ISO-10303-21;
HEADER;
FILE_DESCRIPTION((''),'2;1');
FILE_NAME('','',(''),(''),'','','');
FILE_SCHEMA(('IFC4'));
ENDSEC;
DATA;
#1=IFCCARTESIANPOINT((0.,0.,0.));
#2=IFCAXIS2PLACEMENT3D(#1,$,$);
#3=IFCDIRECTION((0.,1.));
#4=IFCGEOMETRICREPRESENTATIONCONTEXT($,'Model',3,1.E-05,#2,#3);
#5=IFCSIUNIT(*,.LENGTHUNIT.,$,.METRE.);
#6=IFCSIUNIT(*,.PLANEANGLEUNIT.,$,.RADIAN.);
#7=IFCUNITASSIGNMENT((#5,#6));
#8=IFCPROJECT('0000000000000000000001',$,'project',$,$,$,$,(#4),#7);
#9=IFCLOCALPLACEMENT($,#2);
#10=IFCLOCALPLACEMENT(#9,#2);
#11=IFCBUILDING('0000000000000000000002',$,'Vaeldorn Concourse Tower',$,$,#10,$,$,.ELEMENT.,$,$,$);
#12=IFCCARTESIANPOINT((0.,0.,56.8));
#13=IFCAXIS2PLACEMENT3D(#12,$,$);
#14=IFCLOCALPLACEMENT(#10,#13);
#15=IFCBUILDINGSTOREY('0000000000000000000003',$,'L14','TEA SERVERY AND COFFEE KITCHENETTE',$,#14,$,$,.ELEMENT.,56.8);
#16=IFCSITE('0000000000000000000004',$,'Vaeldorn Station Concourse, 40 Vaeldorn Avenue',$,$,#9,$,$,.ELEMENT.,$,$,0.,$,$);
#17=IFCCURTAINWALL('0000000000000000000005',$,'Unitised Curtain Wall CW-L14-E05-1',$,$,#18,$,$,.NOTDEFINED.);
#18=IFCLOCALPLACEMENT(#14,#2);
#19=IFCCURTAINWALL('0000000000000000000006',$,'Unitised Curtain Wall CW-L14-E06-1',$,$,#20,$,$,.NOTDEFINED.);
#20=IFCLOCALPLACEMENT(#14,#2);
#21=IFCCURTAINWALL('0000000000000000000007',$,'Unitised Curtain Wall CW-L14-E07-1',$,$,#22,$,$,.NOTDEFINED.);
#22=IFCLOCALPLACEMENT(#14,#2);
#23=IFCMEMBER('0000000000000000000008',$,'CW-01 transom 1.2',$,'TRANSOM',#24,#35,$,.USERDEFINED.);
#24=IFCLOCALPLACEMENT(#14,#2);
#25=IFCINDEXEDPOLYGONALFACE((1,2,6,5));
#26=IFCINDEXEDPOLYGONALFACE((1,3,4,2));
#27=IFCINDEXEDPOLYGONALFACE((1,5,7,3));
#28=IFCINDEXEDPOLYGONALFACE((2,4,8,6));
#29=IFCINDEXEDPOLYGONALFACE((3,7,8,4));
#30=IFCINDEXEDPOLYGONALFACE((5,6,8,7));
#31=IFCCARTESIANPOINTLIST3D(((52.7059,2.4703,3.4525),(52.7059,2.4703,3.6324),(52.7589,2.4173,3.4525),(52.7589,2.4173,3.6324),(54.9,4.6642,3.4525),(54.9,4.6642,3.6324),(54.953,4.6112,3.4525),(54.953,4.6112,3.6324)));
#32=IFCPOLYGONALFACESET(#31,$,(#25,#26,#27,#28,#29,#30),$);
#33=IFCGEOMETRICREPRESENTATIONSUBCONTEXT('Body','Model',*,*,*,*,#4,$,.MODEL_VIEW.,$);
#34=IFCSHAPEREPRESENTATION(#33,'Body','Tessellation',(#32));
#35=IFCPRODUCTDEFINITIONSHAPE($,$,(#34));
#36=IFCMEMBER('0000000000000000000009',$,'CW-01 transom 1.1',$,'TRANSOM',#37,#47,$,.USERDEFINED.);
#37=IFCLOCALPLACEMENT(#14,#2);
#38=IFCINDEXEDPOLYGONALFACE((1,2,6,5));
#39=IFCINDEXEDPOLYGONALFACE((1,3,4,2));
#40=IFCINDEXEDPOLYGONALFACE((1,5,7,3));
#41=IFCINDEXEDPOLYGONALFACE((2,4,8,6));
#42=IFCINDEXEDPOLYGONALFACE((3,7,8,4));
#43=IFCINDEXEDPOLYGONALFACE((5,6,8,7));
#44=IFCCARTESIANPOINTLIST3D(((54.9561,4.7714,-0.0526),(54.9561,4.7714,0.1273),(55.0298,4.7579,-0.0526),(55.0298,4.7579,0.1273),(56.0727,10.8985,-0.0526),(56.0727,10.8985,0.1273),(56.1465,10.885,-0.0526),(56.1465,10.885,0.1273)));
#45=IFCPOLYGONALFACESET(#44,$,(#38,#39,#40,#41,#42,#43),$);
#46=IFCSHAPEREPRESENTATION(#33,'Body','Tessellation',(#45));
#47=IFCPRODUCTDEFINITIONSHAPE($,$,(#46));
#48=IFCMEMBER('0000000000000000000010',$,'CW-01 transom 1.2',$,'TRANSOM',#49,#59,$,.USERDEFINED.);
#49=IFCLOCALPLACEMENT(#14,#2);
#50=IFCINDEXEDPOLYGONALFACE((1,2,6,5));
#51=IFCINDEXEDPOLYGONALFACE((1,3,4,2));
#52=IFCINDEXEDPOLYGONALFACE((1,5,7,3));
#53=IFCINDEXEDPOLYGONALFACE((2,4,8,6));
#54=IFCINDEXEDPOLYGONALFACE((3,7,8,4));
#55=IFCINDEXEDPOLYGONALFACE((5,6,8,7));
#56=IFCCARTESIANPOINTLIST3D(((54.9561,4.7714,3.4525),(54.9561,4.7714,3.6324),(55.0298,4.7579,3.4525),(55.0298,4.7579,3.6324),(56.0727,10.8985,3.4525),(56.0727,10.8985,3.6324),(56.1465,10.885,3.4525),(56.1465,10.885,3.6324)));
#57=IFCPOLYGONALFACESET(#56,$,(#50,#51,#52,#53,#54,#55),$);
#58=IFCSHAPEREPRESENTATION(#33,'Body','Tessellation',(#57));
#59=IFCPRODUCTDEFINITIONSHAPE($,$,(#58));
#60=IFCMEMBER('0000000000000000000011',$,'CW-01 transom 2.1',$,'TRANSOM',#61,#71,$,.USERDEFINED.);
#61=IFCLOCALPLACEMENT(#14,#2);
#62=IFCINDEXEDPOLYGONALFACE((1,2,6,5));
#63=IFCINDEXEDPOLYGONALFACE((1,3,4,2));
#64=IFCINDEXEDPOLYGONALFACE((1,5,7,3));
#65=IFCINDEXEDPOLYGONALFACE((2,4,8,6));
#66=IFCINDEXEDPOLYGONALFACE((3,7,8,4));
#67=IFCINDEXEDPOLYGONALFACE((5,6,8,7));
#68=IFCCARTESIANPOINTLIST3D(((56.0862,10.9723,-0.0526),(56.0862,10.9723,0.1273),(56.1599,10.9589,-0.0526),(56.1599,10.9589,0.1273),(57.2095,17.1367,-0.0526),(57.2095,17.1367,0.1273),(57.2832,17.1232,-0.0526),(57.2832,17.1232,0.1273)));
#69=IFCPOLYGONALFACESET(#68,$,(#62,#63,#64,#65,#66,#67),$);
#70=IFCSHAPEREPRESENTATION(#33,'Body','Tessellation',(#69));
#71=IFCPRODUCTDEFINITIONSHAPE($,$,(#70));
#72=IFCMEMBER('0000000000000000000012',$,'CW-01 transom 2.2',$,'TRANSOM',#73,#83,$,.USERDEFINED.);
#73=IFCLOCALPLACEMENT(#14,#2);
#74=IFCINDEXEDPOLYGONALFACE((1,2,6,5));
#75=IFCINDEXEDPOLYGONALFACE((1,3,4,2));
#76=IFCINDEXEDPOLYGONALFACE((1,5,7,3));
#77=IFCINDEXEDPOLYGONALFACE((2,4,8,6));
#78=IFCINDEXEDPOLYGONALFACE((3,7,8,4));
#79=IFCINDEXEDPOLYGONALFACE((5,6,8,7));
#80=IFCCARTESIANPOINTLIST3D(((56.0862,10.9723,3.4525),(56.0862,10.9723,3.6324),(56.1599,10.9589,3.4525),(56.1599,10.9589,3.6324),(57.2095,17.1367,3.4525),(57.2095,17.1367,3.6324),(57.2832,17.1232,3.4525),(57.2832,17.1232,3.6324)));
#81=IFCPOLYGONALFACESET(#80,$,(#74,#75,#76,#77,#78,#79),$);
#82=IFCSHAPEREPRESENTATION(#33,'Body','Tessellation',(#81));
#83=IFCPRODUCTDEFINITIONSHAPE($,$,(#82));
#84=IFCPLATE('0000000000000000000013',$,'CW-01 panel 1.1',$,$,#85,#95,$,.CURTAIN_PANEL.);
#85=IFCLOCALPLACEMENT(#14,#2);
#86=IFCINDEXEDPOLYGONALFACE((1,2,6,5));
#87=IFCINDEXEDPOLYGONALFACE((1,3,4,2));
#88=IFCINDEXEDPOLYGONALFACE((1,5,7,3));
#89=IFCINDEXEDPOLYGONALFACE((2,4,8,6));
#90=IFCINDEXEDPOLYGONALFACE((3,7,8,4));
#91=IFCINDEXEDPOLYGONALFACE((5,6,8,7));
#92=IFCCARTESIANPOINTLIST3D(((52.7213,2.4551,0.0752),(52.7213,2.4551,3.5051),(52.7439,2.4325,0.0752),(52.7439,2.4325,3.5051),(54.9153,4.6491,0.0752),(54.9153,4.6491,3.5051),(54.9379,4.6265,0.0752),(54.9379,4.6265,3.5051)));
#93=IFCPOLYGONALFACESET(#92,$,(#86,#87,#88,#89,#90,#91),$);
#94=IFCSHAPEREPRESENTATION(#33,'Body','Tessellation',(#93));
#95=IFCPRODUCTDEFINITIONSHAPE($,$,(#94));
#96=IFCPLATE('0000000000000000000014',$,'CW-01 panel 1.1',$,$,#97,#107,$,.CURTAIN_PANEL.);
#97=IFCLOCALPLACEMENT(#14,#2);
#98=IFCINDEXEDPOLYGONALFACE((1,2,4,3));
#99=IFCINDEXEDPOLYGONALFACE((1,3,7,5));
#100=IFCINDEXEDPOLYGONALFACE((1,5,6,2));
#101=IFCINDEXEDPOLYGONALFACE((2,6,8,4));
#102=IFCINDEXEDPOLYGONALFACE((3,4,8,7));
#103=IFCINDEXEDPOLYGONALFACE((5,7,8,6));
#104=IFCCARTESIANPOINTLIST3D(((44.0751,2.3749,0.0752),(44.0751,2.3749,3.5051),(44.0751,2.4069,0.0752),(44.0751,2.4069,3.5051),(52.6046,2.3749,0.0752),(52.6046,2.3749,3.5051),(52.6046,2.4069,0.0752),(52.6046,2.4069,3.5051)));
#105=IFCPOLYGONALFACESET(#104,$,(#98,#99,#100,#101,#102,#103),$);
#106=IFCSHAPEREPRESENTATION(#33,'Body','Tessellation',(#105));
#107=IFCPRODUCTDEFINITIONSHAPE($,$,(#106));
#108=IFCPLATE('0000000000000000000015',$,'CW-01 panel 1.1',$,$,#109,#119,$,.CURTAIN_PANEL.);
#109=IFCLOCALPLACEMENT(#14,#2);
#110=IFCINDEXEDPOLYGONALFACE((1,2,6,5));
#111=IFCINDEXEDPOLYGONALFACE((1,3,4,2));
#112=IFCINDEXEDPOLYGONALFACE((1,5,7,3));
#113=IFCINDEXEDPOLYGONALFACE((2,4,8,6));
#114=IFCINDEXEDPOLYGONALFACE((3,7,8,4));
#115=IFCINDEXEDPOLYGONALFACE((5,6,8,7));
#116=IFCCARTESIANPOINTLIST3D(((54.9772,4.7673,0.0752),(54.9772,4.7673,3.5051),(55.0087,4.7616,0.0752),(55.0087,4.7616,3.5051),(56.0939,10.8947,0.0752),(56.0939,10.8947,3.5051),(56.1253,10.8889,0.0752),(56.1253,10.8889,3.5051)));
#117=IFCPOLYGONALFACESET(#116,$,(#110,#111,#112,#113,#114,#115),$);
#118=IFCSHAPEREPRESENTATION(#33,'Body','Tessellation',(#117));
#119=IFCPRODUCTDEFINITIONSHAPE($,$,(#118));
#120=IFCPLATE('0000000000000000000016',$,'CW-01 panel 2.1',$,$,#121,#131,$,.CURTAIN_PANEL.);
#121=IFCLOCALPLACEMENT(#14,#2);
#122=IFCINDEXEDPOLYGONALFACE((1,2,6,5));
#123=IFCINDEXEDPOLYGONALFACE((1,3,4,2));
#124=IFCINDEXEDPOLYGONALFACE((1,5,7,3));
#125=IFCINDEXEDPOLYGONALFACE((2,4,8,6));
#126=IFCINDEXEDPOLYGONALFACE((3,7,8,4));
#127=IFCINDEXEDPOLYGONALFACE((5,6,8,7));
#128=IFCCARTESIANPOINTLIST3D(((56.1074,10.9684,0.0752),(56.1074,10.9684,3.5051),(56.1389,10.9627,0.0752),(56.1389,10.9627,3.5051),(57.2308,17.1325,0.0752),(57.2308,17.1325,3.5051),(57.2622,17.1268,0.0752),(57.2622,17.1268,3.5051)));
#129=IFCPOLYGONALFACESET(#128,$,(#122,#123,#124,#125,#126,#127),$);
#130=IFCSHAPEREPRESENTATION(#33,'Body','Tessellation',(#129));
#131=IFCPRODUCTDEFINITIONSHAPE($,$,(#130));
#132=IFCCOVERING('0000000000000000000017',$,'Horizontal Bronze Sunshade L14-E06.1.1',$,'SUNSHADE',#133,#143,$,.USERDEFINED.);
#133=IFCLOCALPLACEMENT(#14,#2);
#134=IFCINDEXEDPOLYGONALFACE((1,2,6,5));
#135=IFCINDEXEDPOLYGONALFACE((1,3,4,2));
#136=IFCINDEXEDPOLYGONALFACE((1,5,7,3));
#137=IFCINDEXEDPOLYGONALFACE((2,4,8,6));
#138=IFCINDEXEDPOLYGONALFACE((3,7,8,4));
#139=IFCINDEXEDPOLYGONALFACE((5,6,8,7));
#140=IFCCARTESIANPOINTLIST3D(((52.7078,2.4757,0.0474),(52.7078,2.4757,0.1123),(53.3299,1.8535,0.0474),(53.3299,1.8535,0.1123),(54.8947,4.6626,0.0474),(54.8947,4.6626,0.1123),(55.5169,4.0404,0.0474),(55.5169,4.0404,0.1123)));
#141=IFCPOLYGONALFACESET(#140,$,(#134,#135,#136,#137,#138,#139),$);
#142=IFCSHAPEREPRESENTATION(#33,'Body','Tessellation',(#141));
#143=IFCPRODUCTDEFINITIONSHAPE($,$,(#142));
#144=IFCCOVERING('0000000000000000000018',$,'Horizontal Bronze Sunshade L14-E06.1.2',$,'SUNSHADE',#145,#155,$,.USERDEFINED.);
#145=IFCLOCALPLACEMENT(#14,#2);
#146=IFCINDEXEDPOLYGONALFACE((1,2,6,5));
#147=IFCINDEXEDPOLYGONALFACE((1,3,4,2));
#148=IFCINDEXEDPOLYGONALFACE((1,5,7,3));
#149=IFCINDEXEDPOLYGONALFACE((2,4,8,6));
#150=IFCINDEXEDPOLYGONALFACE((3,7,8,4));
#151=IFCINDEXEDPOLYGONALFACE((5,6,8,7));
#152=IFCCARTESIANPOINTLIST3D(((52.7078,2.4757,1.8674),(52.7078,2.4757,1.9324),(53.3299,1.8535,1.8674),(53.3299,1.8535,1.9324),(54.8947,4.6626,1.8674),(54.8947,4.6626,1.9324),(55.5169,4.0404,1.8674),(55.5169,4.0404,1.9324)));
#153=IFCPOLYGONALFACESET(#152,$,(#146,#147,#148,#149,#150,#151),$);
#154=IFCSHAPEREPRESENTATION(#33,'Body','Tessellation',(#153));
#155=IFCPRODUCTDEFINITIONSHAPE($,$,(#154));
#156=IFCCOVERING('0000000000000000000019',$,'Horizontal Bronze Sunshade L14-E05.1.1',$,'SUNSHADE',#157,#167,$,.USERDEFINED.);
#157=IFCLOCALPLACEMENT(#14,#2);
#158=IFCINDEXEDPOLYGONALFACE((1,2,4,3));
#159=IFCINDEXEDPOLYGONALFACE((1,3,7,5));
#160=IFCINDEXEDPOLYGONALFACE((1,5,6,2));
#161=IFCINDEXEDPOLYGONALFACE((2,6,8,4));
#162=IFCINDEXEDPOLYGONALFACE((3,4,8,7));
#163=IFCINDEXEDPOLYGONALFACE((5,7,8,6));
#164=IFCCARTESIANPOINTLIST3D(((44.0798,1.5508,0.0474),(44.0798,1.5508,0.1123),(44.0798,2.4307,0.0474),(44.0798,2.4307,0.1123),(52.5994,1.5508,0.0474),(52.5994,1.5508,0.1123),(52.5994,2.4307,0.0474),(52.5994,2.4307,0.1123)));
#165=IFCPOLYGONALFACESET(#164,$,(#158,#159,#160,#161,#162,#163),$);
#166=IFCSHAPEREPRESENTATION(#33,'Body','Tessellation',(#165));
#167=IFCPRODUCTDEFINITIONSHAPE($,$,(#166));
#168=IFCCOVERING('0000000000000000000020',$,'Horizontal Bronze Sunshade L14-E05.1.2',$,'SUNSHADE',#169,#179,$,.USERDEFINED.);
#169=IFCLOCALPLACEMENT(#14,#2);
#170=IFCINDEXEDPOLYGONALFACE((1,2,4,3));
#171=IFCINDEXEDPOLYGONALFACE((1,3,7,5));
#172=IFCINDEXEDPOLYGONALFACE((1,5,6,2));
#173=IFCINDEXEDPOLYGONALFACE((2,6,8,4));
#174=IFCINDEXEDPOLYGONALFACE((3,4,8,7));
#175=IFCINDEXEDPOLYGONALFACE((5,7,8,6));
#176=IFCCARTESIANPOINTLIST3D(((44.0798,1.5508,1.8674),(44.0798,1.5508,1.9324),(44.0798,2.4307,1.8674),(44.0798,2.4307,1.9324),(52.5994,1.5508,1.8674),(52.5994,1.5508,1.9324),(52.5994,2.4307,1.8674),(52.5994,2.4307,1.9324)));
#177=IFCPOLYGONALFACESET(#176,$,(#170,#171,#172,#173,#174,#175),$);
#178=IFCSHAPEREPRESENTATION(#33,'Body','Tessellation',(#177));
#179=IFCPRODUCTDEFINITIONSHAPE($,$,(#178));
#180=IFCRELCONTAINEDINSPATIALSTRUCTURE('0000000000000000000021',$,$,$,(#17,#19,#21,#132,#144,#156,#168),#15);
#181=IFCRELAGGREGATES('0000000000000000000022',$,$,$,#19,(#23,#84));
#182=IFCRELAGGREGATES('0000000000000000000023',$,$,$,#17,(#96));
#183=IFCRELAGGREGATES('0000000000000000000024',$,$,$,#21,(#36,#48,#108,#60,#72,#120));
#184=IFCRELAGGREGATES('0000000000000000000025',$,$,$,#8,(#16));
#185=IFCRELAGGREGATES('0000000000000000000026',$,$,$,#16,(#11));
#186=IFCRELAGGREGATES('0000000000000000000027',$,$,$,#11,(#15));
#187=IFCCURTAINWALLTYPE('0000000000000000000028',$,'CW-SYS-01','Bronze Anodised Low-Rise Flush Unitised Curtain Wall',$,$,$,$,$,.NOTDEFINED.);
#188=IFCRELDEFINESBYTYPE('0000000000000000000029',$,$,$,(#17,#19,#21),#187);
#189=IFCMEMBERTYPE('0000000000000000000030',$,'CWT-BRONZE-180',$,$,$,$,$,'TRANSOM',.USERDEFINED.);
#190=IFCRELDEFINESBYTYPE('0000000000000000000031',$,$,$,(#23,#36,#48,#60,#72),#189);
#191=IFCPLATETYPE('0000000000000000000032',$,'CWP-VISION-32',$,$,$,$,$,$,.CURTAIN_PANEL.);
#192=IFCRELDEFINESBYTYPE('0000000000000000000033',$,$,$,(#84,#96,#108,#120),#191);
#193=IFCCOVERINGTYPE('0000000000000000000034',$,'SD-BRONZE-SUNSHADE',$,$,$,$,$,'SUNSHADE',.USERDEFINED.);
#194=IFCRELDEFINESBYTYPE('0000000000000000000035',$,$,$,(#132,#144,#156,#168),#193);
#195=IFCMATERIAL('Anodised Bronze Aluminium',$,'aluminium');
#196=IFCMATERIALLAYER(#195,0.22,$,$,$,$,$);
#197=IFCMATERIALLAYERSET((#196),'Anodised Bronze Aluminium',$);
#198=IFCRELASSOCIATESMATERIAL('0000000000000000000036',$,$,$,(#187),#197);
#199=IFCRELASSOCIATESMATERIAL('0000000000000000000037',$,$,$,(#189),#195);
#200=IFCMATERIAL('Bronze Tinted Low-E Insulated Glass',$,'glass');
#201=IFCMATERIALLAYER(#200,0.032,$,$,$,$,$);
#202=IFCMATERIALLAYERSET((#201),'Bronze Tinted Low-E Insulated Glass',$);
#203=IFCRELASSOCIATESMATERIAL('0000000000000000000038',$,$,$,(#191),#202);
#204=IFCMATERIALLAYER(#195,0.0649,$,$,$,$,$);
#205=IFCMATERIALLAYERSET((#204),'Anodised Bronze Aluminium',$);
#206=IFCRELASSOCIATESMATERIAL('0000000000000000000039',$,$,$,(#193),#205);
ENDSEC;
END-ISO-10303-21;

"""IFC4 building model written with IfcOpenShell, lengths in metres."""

from ifc_helpers import new_model, si_unit, direction, frame, origin, origin_2d, place, context, subcontext, project, spatial, rectangle, extrude, source, transform, mapped, material, layer, layer_set, material_profile, profile_set, type_object, element, aggregate, save


model = new_model("IFC4")

# Units and contexts
model_context = context("Model", 3, precision=1e-05, world=origin(), true_north=direction((0.0, 1.0)))
body_context = subcontext(model_context, "Body", "Model", "MODEL_VIEW")
ifc_project = project(units=[si_unit("LENGTHUNIT", "METRE"), si_unit("PLANEANGLEUNIT", "RADIAN")], contexts=[model_context])

# Site, building, storey
site_placement = place(None, origin())
site = spatial("IfcSite", under=ifc_project, at=site_placement, Name="Vaeldorn Station Concourse, 40 Vaeldorn Avenue", CompositionType="ELEMENT", RefElevation=0.0)
building_placement = place(site_placement, origin())
building = spatial("IfcBuilding", under=site, at=building_placement, Name="Vaeldorn Concourse Tower", CompositionType="ELEMENT")
storey_placement = place(building_placement, frame((0.0, 0.0, 56.8)))
storey = spatial("IfcBuildingStorey", under=building, at=storey_placement, Name="L14", Description="TEA SERVERY AND COFFEE KITCHENETTE", CompositionType="ELEMENT", Elevation=56.8)

# Curtain wall
ifc_material_1 = material(Name="Anodised Bronze Aluminium", Category="aluminium")
ifc_layer_1 = layer(ifc_material_1, 0.22)
ifc_layer_set_1 = layer_set([ifc_layer_1], Name="Anodised Bronze Aluminium")
curtain_wall_type = type_object("IfcCurtainWallType", Name="CW-SYS-01", Description="Bronze Anodised Low-Rise Flush Unitised Curtain Wall", PredefinedType="NOTDEFINED", material=ifc_layer_set_1)
curtain_wall_1_placement = place(storey_placement, origin())
curtain_wall_1 = element("IfcCurtainWall", 1, at=curtain_wall_1_placement, inside=storey, type_object=curtain_wall_type, Name="Unitised Curtain Wall CW-L14-E05-1", PredefinedType="NOTDEFINED")

# Curtain walls
curtain_wall_2_placement = place(storey_placement, origin())
curtain_wall_2 = element("IfcCurtainWall", 2, at=curtain_wall_2_placement, inside=storey, type_object=curtain_wall_type, Name="Unitised Curtain Wall CW-L14-E06-1", PredefinedType="NOTDEFINED")
curtain_wall_3_placement = place(storey_placement, origin())
curtain_wall_3 = element("IfcCurtainWall", 3, at=curtain_wall_3_placement, inside=storey, type_object=curtain_wall_type, Name="Unitised Curtain Wall CW-L14-E07-1", PredefinedType="NOTDEFINED")

# Members
ifc_material_profile_1 = material_profile(ifc_material_1, rectangle(XDim=0.075, YDim=0.1799, at=origin_2d()), Name="CWT 75x180")
ifc_profile_set_1 = profile_set([ifc_material_profile_1], Name="Anodised Bronze Aluminium")
member_type_1 = type_object("IfcMemberType", Name="CWT-BRONZE-180", ElementType="TRANSOM", PredefinedType="USERDEFINED", material=ifc_profile_set_1)
shared_shape_1 = source(origin(), body_context, "Body", "SweptSolid", [
    extrude(rectangle(XDim=0.075, YDim=0.1799, at=origin_2d()), origin(), (0.0, 0.0, 1.0), 3.1028),
])
member_1_placement = place(storey_placement, frame((52.7324, 2.4438, 3.5425), z_axis=(0.707146, 0.707067, 0.0), x_axis=(-0.707067, 0.707146, 0.0)))
member_1 = element("IfcMember", 4, at=member_1_placement, type_object=member_type_1, Name="CW-01 transom 1.2", ObjectType="TRANSOM", PredefinedType="USERDEFINED", context=body_context, shape_type="MappedRepresentation", body=[
    mapped(shared_shape_1, transform((0.0, 0.0, 0.0), scale=1.0)),
])
shared_shape_2 = source(origin(), body_context, "Body", "SweptSolid", [
    extrude(rectangle(XDim=0.075, YDim=0.1799, at=origin_2d()), origin(), (0.0, 0.0, 1.0), 6.228),
])
member_2_placement = place(storey_placement, frame((54.9929, 4.7646, 0.0374), z_axis=(0.179299, 0.983795, 0.0), x_axis=(-0.983795, 0.179299, 0.0)))
member_2 = element("IfcMember", 5, at=member_2_placement, type_object=member_type_1, Name="CW-01 transom 1.1", ObjectType="TRANSOM", PredefinedType="USERDEFINED", context=body_context, shape_type="MappedRepresentation", body=[
    mapped(shared_shape_2, transform((0.0, 0.0, 0.0), scale=1.0)),
])
member_3_placement = place(storey_placement, frame((54.9929, 4.7646, 3.5425), z_axis=(0.179299, 0.983795, 0.0), x_axis=(-0.983795, 0.179299, 0.0)))
member_3 = element("IfcMember", 6, at=member_3_placement, type_object=member_type_1, Name="CW-01 transom 1.2", ObjectType="TRANSOM", PredefinedType="USERDEFINED", context=body_context, shape_type="MappedRepresentation", body=[
    mapped(shared_shape_2, transform((0.0, 0.0, 0.0), scale=1.0)),
])
shared_shape_3 = source(origin(), body_context, "Body", "SweptSolid", [
    extrude(rectangle(XDim=0.075, YDim=0.1799, at=origin_2d()), origin(), (0.0, 0.0, 1.0), 6.2659),
])
member_4_placement = place(storey_placement, frame((56.123, 10.9656, 0.0374), z_axis=(0.179273, 0.983799, 0.0), x_axis=(-0.983799, 0.179273, 0.0)))
member_4 = element("IfcMember", 7, at=member_4_placement, type_object=member_type_1, Name="CW-01 transom 2.1", ObjectType="TRANSOM", PredefinedType="USERDEFINED", context=body_context, shape_type="MappedRepresentation", body=[
    mapped(shared_shape_3, transform((0.0, 0.0, 0.0), scale=1.0)),
])
member_5_placement = place(storey_placement, frame((56.123, 10.9656, 3.5425), z_axis=(0.179273, 0.983799, 0.0), x_axis=(-0.983799, 0.179273, 0.0)))
member_5 = element("IfcMember", 8, at=member_5_placement, type_object=member_type_1, Name="CW-01 transom 2.2", ObjectType="TRANSOM", PredefinedType="USERDEFINED", context=body_context, shape_type="MappedRepresentation", body=[
    mapped(shared_shape_3, transform((0.0, 0.0, 0.0), scale=1.0)),
])

# Plates
ifc_material_2 = material(Name="Bronze Tinted Low-E Insulated Glass", Category="glass")
ifc_layer_2 = layer(ifc_material_2, 0.032)
ifc_layer_set_2 = layer_set([ifc_layer_2], Name="Bronze Tinted Low-E Insulated Glass")
plate_type = type_object("IfcPlateType", Name="CWP-VISION-32", PredefinedType="CURTAIN_PANEL", material=ifc_layer_set_2)
shared_shape_4 = source(origin(), body_context, "Body", "SweptSolid", [
    extrude(rectangle(XDim=3.1028, YDim=0.032, at=origin_2d()), origin(), (0.0, 0.0, 1.0), 3.4299),
])
plate_1_placement = place(storey_placement, frame((53.8296, 3.5408, 0.0752), z_axis=(0.0, 0.0, 1.0), x_axis=(0.707107, 0.707107, 0.0)))
plate_1 = element("IfcPlate", 9, at=plate_1_placement, type_object=plate_type, Name="CW-01 panel 1.1", PredefinedType="CURTAIN_PANEL", context=body_context, shape_type="MappedRepresentation", body=[
    mapped(shared_shape_4, transform((0.0, 0.0, 0.0), scale=1.0)),
])
aggregate(curtain_wall_2, [member_1, plate_1])
shared_shape_5 = source(origin(), body_context, "Body", "SweptSolid", [
    extrude(rectangle(XDim=8.5295, YDim=0.032, at=origin_2d()), origin(), (0.0, 0.0, 1.0), 3.4299),
])
plate_2_placement = place(storey_placement, frame((48.3398, 2.3909, 0.0752), z_axis=(0.0, 0.0, 1.0), x_axis=(1.0, 0.0, 0.0)))
plate_2 = element("IfcPlate", 10, at=plate_2_placement, type_object=plate_type, Name="CW-01 panel 1.1", PredefinedType="CURTAIN_PANEL", context=body_context, shape_type="MappedRepresentation", body=[
    mapped(shared_shape_5, transform((0.0, 0.0, 0.0), scale=1.0)),
])
aggregate(curtain_wall_1, [plate_2])
shared_shape_6 = source(origin(), body_context, "Body", "SweptSolid", [
    extrude(rectangle(XDim=6.2283, YDim=0.032, at=origin_2d()), origin(), (0.0, 0.0, 1.0), 3.4299),
])
plate_3_placement = place(storey_placement, frame((55.5513, 7.8281, 0.0752), z_axis=(0.0, 0.0, 1.0), x_axis=(0.179293, 0.983796, 0.0)))
plate_3 = element("IfcPlate", 11, at=plate_3_placement, type_object=plate_type, Name="CW-01 panel 1.1", PredefinedType="CURTAIN_PANEL", context=body_context, shape_type="MappedRepresentation", body=[
    mapped(shared_shape_6, transform((0.0, 0.0, 0.0), scale=1.0)),
])
shared_shape_7 = source(origin(), body_context, "Body", "SweptSolid", [
    extrude(rectangle(XDim=6.2656, YDim=0.032, at=origin_2d()), origin(), (0.0, 0.0, 1.0), 3.4299),
])
plate_4_placement = place(storey_placement, frame((56.6848, 14.0476, 0.0752), z_axis=(0.0, 0.0, 1.0), x_axis=(0.179293, 0.983796, 0.0)))
plate_4 = element("IfcPlate", 12, at=plate_4_placement, type_object=plate_type, Name="CW-01 panel 2.1", PredefinedType="CURTAIN_PANEL", context=body_context, shape_type="MappedRepresentation", body=[
    mapped(shared_shape_7, transform((0.0, 0.0, 0.0), scale=1.0)),
])
aggregate(curtain_wall_3, [member_2, member_3, plate_3, member_4, member_5, plate_4])

# Coverings
ifc_layer_3 = layer(ifc_material_1, 0.0649)
ifc_layer_set_3 = layer_set([ifc_layer_3], Name="Anodised Bronze Aluminium")
covering_type = type_object("IfcCoveringType", Name="SD-BRONZE-SUNSHADE", ElementType="SUNSHADE", PredefinedType="USERDEFINED", material=ifc_layer_set_3)
shared_shape_8 = source(origin(), body_context, "Body", "SweptSolid", [
    extrude(rectangle(XDim=3.0928, YDim=0.8799, at=origin_2d()), origin(), (0.0, 0.0, 1.0), 0.0649),
])
for number, where, z_axis, x_axis, name in (
    (13, (54.1123, 3.2581, 0.0474), (0.0, 0.0, 1.0), (0.707107, 0.707107, 0.0), "Horizontal Bronze Sunshade L14-E06.1.1"),
    (14, (54.1123, 3.2581, 1.8674), (0.0, 0.0, 1.0), (0.707107, 0.707107, 0.0), "Horizontal Bronze Sunshade L14-E06.1.2"),
):
    element("IfcCovering", number, at=place(storey_placement, frame(where, z_axis=z_axis, x_axis=x_axis)), inside=storey, type_object=covering_type, Name=name, ObjectType="SUNSHADE", PredefinedType="USERDEFINED", context=body_context, shape_type="MappedRepresentation", body=[
        mapped(shared_shape_8, transform((0.0, 0.0, 0.0), scale=1.0)),
    ])
shared_shape_9 = source(origin(), body_context, "Body", "SweptSolid", [
    extrude(rectangle(XDim=8.5195, YDim=0.8799, at=origin_2d()), origin(), (0.0, 0.0, 1.0), 0.0649),
])
for number, where, z_axis, x_axis, name in (
    (15, (48.3396, 1.9907, 0.0474), (0.0, 0.0, 1.0), (1.0, 0.0, 0.0), "Horizontal Bronze Sunshade L14-E05.1.1"),
    (16, (48.3396, 1.9907, 1.8674), (0.0, 0.0, 1.0), (1.0, 0.0, 0.0), "Horizontal Bronze Sunshade L14-E05.1.2"),
):
    element("IfcCovering", number, at=place(storey_placement, frame(where, z_axis=z_axis, x_axis=x_axis)), inside=storey, type_object=covering_type, Name=name, ObjectType="SUNSHADE", PredefinedType="USERDEFINED", context=body_context, shape_type="MappedRepresentation", body=[
        mapped(shared_shape_9, transform((0.0, 0.0, 0.0), scale=1.0)),
    ])

save(model, "model.ifc")
